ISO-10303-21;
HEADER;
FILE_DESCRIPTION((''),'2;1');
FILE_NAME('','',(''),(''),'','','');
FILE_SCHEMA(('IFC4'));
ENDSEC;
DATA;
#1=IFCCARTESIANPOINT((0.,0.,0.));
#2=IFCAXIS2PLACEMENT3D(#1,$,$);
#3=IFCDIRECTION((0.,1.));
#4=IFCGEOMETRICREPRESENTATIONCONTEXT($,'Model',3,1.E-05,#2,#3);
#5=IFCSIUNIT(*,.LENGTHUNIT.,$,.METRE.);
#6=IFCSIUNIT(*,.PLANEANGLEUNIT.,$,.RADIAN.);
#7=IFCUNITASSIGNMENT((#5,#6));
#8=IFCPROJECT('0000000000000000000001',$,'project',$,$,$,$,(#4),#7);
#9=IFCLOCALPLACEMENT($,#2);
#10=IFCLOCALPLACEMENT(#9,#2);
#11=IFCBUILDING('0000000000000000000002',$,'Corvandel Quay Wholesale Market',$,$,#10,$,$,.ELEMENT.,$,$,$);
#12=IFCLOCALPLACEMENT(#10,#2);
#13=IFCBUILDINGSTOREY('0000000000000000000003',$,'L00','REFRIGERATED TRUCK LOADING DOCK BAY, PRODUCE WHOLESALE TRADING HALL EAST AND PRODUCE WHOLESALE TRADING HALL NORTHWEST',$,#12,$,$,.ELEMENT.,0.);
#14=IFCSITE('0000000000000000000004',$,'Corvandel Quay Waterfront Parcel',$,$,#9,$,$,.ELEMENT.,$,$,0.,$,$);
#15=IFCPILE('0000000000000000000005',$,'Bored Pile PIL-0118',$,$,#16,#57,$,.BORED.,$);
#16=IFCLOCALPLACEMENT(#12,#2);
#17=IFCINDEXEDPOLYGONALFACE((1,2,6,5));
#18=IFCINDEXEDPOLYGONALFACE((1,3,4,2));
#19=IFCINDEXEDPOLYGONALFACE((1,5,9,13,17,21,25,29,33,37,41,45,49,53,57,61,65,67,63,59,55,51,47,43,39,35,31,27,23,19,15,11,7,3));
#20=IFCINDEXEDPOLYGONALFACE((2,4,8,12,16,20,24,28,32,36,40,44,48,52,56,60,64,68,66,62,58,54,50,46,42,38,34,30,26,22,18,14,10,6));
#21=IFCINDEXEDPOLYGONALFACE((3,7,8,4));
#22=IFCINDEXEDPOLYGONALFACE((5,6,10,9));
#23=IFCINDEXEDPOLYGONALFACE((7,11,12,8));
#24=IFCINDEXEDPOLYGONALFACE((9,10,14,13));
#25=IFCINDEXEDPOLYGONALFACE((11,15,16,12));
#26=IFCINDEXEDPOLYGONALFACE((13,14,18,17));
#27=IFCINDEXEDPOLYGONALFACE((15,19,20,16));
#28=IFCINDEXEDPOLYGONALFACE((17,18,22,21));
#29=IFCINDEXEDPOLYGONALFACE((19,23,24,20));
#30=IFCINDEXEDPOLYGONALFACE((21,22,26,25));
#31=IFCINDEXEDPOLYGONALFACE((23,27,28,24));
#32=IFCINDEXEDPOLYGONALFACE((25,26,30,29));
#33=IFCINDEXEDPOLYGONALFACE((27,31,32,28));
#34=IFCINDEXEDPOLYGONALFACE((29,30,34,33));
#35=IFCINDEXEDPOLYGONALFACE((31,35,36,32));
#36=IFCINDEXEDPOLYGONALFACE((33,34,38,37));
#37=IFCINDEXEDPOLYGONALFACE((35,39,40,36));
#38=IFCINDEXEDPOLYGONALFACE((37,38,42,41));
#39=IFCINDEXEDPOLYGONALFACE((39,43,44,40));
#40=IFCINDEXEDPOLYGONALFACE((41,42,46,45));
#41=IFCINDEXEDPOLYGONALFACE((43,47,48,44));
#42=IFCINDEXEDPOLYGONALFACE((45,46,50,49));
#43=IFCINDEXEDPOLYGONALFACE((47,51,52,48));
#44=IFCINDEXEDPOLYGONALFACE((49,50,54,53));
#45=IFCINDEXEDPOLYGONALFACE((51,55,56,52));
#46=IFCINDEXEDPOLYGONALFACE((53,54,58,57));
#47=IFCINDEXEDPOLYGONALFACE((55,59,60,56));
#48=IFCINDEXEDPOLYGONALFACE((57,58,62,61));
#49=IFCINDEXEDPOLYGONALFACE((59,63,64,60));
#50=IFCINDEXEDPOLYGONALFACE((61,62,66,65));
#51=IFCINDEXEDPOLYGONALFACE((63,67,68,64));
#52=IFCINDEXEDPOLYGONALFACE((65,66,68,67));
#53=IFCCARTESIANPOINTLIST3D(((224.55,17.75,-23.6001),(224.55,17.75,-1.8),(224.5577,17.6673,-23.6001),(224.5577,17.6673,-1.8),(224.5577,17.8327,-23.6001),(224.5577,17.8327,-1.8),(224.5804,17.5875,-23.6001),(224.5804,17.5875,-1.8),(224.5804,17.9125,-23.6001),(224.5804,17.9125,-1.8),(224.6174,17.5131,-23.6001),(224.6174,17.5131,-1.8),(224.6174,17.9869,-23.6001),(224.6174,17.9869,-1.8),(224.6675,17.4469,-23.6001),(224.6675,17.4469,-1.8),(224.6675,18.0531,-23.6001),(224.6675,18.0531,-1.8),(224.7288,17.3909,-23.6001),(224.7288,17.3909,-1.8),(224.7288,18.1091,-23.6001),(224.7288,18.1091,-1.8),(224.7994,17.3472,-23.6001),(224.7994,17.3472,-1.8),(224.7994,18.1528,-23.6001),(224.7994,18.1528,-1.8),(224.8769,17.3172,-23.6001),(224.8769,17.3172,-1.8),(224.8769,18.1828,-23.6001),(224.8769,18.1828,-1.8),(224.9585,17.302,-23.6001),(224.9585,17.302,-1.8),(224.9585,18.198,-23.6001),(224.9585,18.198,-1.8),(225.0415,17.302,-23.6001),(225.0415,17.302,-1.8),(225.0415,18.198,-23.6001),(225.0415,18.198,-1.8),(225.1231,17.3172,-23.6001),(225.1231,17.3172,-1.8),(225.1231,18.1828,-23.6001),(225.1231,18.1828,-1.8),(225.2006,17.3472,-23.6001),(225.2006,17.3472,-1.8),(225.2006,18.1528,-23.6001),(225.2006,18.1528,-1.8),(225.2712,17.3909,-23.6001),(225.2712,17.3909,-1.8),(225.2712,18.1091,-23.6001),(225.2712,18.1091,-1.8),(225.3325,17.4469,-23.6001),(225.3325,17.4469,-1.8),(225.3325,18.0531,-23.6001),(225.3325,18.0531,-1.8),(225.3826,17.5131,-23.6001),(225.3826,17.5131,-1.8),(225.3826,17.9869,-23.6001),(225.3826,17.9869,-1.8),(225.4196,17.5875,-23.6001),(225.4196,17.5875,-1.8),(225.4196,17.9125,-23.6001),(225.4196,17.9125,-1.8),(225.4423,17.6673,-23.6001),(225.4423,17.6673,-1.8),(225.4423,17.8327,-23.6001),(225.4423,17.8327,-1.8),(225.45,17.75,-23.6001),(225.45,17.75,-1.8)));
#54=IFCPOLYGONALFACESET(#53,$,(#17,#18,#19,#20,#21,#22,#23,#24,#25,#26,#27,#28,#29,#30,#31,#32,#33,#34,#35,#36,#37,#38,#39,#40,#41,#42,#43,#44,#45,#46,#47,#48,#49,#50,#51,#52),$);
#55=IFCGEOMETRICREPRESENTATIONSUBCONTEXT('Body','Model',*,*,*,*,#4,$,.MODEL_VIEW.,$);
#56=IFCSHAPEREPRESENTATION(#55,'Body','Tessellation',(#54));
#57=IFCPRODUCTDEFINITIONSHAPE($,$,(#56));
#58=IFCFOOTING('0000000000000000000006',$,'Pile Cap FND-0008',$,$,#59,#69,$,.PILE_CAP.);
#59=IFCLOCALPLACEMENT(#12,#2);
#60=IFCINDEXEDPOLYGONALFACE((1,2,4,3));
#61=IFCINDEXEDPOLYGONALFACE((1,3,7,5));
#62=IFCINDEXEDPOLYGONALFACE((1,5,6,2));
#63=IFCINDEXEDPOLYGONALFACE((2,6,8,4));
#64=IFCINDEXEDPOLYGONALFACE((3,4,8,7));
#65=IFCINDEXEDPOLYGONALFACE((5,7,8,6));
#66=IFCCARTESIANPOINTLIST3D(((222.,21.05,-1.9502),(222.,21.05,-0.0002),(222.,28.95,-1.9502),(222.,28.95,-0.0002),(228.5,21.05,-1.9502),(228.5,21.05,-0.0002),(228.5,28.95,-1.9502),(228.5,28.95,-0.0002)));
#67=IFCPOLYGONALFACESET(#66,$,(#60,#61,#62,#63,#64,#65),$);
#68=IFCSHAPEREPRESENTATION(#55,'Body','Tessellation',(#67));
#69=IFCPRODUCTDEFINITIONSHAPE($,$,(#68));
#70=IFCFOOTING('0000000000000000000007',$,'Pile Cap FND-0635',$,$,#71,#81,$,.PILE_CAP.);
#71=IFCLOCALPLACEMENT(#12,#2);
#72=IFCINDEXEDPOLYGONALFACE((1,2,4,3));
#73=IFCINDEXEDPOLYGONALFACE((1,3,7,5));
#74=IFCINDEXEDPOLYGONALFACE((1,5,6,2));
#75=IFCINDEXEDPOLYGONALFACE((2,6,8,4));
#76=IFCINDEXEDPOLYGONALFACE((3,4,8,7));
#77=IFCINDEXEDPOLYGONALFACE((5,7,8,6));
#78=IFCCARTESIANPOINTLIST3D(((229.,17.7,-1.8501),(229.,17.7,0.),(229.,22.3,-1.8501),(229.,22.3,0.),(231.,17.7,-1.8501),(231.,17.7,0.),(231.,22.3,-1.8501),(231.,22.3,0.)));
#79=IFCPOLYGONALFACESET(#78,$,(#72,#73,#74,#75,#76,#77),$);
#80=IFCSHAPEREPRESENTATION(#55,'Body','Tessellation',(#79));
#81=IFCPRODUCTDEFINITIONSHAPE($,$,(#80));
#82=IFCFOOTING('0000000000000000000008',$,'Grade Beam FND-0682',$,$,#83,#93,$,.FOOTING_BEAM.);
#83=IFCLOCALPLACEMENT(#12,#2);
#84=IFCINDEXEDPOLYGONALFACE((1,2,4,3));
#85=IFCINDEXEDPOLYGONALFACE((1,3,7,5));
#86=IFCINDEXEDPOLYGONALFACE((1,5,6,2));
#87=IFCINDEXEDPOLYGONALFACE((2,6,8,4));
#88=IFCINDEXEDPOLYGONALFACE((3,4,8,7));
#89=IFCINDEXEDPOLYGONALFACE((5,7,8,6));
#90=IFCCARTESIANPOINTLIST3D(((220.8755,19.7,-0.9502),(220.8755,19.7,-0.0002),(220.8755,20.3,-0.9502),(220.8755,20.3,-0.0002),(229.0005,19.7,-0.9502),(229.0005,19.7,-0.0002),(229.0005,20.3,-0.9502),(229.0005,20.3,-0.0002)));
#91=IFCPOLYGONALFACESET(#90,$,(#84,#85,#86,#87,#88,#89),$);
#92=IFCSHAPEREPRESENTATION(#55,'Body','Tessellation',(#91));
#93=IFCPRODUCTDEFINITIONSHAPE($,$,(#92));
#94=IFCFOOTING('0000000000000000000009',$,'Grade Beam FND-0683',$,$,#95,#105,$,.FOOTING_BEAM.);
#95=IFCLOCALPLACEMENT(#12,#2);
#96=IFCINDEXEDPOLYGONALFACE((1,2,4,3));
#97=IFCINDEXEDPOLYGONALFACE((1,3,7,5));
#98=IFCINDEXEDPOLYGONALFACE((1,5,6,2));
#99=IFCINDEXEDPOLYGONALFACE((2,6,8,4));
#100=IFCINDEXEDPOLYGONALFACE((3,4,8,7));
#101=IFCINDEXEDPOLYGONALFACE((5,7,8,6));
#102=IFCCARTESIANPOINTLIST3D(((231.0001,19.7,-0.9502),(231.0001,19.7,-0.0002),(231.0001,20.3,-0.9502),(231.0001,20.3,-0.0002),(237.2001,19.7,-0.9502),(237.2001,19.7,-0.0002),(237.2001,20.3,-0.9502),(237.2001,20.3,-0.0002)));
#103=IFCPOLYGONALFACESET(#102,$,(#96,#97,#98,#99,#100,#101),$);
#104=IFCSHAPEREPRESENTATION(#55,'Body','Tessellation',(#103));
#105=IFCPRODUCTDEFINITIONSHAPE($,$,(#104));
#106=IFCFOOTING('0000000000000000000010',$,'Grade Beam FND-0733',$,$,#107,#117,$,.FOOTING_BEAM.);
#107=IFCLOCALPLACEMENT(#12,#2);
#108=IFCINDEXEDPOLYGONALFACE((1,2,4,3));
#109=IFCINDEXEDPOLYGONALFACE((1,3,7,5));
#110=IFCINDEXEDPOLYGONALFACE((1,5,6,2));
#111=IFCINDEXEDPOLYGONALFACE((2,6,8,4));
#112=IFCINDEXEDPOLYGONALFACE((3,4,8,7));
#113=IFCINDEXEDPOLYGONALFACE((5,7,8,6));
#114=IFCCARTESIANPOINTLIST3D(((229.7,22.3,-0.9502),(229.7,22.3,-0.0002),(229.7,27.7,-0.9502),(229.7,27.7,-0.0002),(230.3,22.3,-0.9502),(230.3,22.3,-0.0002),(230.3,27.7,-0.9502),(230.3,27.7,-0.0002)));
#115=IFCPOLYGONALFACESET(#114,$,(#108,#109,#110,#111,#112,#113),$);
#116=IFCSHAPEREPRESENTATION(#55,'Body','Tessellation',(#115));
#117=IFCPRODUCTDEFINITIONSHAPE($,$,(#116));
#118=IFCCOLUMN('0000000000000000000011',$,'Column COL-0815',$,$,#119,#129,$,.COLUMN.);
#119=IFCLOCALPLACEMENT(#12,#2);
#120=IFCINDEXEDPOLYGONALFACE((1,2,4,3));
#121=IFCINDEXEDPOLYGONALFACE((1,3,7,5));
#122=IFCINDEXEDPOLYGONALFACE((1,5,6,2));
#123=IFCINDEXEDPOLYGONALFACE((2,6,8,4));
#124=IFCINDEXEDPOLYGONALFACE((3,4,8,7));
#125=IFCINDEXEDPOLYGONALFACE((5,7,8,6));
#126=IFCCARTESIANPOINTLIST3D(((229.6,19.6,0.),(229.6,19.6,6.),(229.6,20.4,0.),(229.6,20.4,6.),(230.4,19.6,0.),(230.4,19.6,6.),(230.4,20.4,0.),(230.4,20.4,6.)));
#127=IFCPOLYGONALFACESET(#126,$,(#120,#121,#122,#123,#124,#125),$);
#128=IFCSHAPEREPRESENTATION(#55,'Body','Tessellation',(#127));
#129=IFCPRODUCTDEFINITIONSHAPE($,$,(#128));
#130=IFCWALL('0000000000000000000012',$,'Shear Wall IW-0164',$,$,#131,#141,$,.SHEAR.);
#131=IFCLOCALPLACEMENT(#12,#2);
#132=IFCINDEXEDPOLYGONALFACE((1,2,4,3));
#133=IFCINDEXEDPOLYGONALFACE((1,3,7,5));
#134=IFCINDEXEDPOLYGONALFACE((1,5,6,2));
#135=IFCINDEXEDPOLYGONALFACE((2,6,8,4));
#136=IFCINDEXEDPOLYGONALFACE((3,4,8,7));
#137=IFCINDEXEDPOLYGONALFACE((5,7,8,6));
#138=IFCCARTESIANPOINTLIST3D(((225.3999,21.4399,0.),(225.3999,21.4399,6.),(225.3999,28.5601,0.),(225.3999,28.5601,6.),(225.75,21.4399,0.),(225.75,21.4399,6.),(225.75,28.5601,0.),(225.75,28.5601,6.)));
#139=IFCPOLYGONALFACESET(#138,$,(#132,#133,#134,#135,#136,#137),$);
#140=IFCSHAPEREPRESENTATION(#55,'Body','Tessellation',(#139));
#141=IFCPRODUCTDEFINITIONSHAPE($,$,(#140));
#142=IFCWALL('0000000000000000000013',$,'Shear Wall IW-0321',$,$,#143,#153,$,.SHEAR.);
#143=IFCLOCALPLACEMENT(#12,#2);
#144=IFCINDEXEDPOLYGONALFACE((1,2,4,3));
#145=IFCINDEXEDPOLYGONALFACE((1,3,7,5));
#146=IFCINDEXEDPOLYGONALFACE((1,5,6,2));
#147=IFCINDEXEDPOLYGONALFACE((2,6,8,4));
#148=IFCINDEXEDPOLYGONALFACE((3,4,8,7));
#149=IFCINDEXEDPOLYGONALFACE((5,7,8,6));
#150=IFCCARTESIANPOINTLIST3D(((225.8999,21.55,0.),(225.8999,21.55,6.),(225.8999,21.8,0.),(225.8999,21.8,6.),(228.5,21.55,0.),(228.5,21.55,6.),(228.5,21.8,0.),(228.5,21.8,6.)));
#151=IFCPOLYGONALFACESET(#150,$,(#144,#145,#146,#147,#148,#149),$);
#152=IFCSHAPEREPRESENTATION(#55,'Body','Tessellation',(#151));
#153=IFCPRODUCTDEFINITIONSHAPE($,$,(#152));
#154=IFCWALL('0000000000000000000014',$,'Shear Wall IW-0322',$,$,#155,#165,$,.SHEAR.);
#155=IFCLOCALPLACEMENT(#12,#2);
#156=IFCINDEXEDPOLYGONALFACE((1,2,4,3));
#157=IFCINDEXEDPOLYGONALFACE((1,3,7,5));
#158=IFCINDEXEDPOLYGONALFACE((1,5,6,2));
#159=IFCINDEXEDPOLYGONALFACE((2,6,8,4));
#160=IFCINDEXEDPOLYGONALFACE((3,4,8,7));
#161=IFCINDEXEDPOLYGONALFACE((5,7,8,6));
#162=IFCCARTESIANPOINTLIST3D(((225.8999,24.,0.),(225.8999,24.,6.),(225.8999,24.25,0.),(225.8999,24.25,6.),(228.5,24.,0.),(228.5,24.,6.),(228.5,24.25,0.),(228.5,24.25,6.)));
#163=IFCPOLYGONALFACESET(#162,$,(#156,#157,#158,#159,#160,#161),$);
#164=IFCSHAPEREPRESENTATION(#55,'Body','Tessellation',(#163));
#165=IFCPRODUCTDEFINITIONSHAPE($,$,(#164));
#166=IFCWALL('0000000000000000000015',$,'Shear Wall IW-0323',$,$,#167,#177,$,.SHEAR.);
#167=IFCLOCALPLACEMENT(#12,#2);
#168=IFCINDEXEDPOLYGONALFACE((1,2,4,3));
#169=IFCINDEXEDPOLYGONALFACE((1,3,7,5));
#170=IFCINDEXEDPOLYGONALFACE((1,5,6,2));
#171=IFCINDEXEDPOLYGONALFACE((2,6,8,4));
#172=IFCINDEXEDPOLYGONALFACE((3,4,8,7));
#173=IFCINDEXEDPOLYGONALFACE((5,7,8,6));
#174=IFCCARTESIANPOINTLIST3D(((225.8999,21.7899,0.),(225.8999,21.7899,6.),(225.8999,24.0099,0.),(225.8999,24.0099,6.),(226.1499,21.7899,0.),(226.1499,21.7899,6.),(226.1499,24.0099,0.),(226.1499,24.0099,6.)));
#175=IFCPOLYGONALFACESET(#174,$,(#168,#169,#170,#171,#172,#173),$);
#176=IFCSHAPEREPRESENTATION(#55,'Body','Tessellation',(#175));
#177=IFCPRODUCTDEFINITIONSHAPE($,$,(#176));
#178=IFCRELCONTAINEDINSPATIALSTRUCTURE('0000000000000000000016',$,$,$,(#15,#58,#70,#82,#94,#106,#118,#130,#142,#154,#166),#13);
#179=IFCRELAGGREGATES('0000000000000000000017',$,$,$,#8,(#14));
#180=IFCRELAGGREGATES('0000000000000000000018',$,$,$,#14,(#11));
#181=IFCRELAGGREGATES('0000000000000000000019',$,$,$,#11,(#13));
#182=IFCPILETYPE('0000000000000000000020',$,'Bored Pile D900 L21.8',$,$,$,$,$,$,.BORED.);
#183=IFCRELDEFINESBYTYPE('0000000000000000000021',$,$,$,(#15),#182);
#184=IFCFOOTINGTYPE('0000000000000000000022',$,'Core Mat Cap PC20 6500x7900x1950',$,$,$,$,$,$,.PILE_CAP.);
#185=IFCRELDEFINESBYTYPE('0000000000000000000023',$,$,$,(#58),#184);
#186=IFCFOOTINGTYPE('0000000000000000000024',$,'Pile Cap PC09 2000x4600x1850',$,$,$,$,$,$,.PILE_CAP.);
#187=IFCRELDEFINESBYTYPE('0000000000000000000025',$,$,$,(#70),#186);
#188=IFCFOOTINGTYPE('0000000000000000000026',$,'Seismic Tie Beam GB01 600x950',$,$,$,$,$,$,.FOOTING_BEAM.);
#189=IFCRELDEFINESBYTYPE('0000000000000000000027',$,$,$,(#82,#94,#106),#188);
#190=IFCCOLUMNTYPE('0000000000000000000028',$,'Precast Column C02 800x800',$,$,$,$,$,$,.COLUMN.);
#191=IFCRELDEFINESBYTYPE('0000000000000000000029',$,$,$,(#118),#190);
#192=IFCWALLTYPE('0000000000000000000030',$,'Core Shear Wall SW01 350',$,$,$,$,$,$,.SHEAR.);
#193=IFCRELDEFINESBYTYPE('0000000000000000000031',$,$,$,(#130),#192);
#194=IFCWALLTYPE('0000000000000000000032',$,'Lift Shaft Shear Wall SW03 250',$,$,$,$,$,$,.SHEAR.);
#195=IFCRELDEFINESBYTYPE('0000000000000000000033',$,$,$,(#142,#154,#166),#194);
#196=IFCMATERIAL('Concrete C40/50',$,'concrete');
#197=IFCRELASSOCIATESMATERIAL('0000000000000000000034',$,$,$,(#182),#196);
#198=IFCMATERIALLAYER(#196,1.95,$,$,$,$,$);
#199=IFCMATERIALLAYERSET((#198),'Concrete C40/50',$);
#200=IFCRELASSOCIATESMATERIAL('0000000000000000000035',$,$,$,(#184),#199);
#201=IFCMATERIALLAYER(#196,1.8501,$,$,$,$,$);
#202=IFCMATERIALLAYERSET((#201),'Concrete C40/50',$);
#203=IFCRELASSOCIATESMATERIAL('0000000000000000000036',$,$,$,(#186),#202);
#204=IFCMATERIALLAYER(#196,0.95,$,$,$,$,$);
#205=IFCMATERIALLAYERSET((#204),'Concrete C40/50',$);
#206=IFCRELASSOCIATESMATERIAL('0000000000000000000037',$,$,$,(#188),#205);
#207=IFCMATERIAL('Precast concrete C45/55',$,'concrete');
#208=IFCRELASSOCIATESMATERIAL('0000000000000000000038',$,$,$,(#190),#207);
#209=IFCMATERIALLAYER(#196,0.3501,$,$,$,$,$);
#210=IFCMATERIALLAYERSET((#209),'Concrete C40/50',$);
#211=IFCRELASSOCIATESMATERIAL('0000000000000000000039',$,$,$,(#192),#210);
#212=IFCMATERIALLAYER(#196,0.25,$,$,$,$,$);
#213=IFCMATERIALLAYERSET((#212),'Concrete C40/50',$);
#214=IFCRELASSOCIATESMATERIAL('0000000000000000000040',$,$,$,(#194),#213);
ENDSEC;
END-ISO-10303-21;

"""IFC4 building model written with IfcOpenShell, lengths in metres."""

from ifc_helpers import new_model, si_unit, direction, frame, frame_2d, origin, origin_2d, place, context, subcontext, project, spatial, rectangle, circle, extrude, material, layer, layer_set, material_profile, profile_set, type_object, element, save


model = new_model("IFC4")

# Units and contexts
model_context = context("Model", 3, precision=1e-05, world=origin(), true_north=direction((0.0, 1.0)))
body_context = subcontext(model_context, "Body", "Model", "MODEL_VIEW")
ifc_project = project(units=[si_unit("LENGTHUNIT", "METRE"), si_unit("PLANEANGLEUNIT", "RADIAN")], contexts=[model_context])

# Site, building, storey
site_placement = place(None, origin())
site = spatial("IfcSite", under=ifc_project, at=site_placement, Name="Corvandel Quay Waterfront Parcel", CompositionType="ELEMENT", RefElevation=0.0)
building_placement = place(site_placement, origin())
building = spatial("IfcBuilding", under=site, at=building_placement, Name="Corvandel Quay Wholesale Market", CompositionType="ELEMENT")
storey_placement = place(building_placement, origin())
storey = spatial("IfcBuildingStorey", under=building, at=storey_placement, Name="L00", Description="REFRIGERATED TRUCK LOADING DOCK BAY, PRODUCE WHOLESALE TRADING HALL EAST AND PRODUCE WHOLESALE TRADING HALL NORTHWEST", CompositionType="ELEMENT", Elevation=0.0)

# Pile
ifc_material_1 = material(Name="Concrete C40/50", Category="concrete")
ifc_material_profile_1 = material_profile(ifc_material_1, circle(Radius=0.45, at=origin_2d()), Name="RC-PILE-D900")
ifc_profile_set_1 = profile_set([ifc_material_profile_1], Name="Concrete C40/50")
pile_type_1 = type_object("IfcPileType", Name="Bored Pile D900 L21.8", PredefinedType="BORED", material=ifc_profile_set_1)
pile_placement = place(storey_placement, frame((225.0, 17.75, -1.8), z_axis=(0.0, 0.0, -1.0), x_axis=(1.0, 0.0, 0.0)))
element("IfcPile", 1, at=pile_placement, inside=storey, type_object=pile_type_1, Name="Bored Pile PIL-0118", PredefinedType="BORED", context=body_context, shape_type="SweptSolid", body=[
    extrude(circle(Radius=0.45, at=origin_2d()), origin(), (0.0, 0.0, 1.0), 21.8),
])

# Footings
ifc_layer_1 = layer(ifc_material_1, 1.95)
ifc_layer_set_1 = layer_set([ifc_layer_1], Name="Concrete C40/50")
footing_type_1 = type_object("IfcFootingType", Name="Core Mat Cap PC20 6500x7900x1950", PredefinedType="PILE_CAP", material=ifc_layer_set_1)
footing_1_placement = place(storey_placement, frame((225.25, 25.0, -1.9502), z_axis=(0.0, 0.0, 1.0), x_axis=(1.0, 0.0, 0.0)))
element("IfcFooting", 2, at=footing_1_placement, inside=storey, type_object=footing_type_1, Name="Pile Cap FND-0008", PredefinedType="PILE_CAP", context=body_context, shape_type="SweptSolid", body=[
    extrude(rectangle(XDim=6.5, YDim=7.8999, at=origin_2d()), origin(), (0.0, 0.0, 1.0), 1.95),
])
ifc_layer_2 = layer(ifc_material_1, 1.8501)
ifc_layer_set_2 = layer_set([ifc_layer_2], Name="Concrete C40/50")
footing_type_2 = type_object("IfcFootingType", Name="Pile Cap PC09 2000x4600x1850", PredefinedType="PILE_CAP", material=ifc_layer_set_2)
footing_2_placement = place(storey_placement, frame((230.0, 20.0, -1.8501), z_axis=(0.0, 0.0, 1.0), x_axis=(1.0, 0.0, 0.0)))
element("IfcFooting", 3, at=footing_2_placement, inside=storey, type_object=footing_type_2, Name="Pile Cap FND-0635", PredefinedType="PILE_CAP", context=body_context, shape_type="SweptSolid", body=[
    extrude(rectangle(XDim=2.0, YDim=4.6001, at=origin_2d()), origin(), (0.0, 0.0, 1.0), 1.8501),
])
ifc_layer_3 = layer(ifc_material_1, 0.95)
ifc_layer_set_3 = layer_set([ifc_layer_3], Name="Concrete C40/50")
footing_type_3 = type_object("IfcFootingType", Name="Seismic Tie Beam GB01 600x950", PredefinedType="FOOTING_BEAM", material=ifc_layer_set_3)
footing_3_placement = place(storey_placement, frame((224.938, 20.0, -0.9502), z_axis=(0.0, 0.0, 1.0), x_axis=(1.0, 0.0, 0.0)))
element("IfcFooting", 4, at=footing_3_placement, inside=storey, type_object=footing_type_3, Name="Grade Beam FND-0682", PredefinedType="FOOTING_BEAM", context=body_context, shape_type="SweptSolid", body=[
    extrude(rectangle(XDim=8.125, YDim=0.6001, at=origin_2d()), origin(), (0.0, 0.0, 1.0), 0.95),
])
footing_4_placement = place(storey_placement, frame((234.1001, 20.0, -0.9502), z_axis=(0.0, 0.0, 1.0), x_axis=(1.0, 0.0, 0.0)))
element("IfcFooting", 5, at=footing_4_placement, inside=storey, type_object=footing_type_3, Name="Grade Beam FND-0683", PredefinedType="FOOTING_BEAM", context=body_context, shape_type="SweptSolid", body=[
    extrude(rectangle(XDim=6.2, YDim=0.6001, at=origin_2d()), origin(), (0.0, 0.0, 1.0), 0.95),
])
footing_5_placement = place(storey_placement, frame((230.0, 25.0, -0.9502), z_axis=(0.0, 0.0, 1.0), x_axis=(0.0, 1.0, 0.0)))
element("IfcFooting", 6, at=footing_5_placement, inside=storey, type_object=footing_type_3, Name="Grade Beam FND-0733", PredefinedType="FOOTING_BEAM", context=body_context, shape_type="SweptSolid", body=[
    extrude(rectangle(XDim=5.3999, YDim=0.6001, at=origin_2d()), origin(), (0.0, 0.0, 1.0), 0.95),
])

# Column
ifc_material_2 = material(Name="Precast concrete C45/55", Category="concrete")
ifc_material_profile_2 = material_profile(ifc_material_2, rectangle(XDim=0.8, YDim=0.8, at=origin_2d()), Name="PC-COL-800x800")
ifc_profile_set_2 = profile_set([ifc_material_profile_2], Name="Precast concrete C45/55")
column_type = type_object("IfcColumnType", Name="Precast Column C02 800x800", PredefinedType="COLUMN", material=ifc_profile_set_2)
column_placement = place(storey_placement, frame((230.0, 20.0, 0.0), z_axis=(0.0, 0.0, 1.0), x_axis=(1.0, 0.0, 0.0)))
element("IfcColumn", 7, at=column_placement, inside=storey, type_object=column_type, Name="Column COL-0815", PredefinedType="COLUMN", context=body_context, shape_type="SweptSolid", body=[
    extrude(rectangle(XDim=0.8, YDim=0.8, at=origin_2d()), origin(), (0.0, 0.0, 1.0), 6.0),
])

# Walls
ifc_layer_4 = layer(ifc_material_1, 0.3501)
ifc_layer_set_4 = layer_set([ifc_layer_4], Name="Concrete C40/50")
wall_type_1 = type_object("IfcWallType", Name="Core Shear Wall SW01 350", PredefinedType="SHEAR", material=ifc_layer_set_4)
wall_1_placement = place(storey_placement, frame((225.575, 21.4399, 0.0), z_axis=(0.0, 0.0, 1.0), x_axis=(0.0, 1.0, 0.0)))
element("IfcWall", 8, at=wall_1_placement, inside=storey, type_object=wall_type_1, Name="Shear Wall IW-0164", PredefinedType="SHEAR", context=body_context, shape_type="SweptSolid", body=[
    extrude(rectangle(XDim=7.1201, YDim=0.3501, at=frame_2d((3.5601, 0.0))), origin(), (0.0, 0.0, 1.0), 6.0),
])
ifc_layer_5 = layer(ifc_material_1, 0.25)
ifc_layer_set_5 = layer_set([ifc_layer_5], Name="Concrete C40/50")
wall_type_2 = type_object("IfcWallType", Name="Lift Shaft Shear Wall SW03 250", PredefinedType="SHEAR", material=ifc_layer_set_5)
for number, where, z_axis, x_axis, name in (
    (9, (225.8999, 21.675, 0.0), (0.0, 0.0, 1.0), (1.0, 0.0, 0.0), "Shear Wall IW-0321"),
    (10, (225.8999, 24.125, 0.0), (0.0, 0.0, 1.0), (1.0, 0.0, 0.0), "Shear Wall IW-0322"),
):
    element("IfcWall", number, at=place(storey_placement, frame(where, z_axis=z_axis, x_axis=x_axis)), inside=storey, type_object=wall_type_2, Name=name, PredefinedType="SHEAR", context=body_context, shape_type="SweptSolid", body=[
        extrude(rectangle(XDim=2.6001, YDim=0.25, at=frame_2d((1.3, 0.0))), origin(), (0.0, 0.0, 1.0), 6.0),
    ])
wall_2_placement = place(storey_placement, frame((226.0249, 21.79, 0.0), z_axis=(0.0, 0.0, 1.0), x_axis=(0.0, 1.0, 0.0)))
element("IfcWall", 11, at=wall_2_placement, inside=storey, type_object=wall_type_2, Name="Shear Wall IW-0323", PredefinedType="SHEAR", context=body_context, shape_type="SweptSolid", body=[
    extrude(rectangle(XDim=2.22, YDim=0.25, at=frame_2d((1.1099, 0.0))), origin(), (0.0, 0.0, 1.0), 6.0),
])

save(model, "model.ifc")
